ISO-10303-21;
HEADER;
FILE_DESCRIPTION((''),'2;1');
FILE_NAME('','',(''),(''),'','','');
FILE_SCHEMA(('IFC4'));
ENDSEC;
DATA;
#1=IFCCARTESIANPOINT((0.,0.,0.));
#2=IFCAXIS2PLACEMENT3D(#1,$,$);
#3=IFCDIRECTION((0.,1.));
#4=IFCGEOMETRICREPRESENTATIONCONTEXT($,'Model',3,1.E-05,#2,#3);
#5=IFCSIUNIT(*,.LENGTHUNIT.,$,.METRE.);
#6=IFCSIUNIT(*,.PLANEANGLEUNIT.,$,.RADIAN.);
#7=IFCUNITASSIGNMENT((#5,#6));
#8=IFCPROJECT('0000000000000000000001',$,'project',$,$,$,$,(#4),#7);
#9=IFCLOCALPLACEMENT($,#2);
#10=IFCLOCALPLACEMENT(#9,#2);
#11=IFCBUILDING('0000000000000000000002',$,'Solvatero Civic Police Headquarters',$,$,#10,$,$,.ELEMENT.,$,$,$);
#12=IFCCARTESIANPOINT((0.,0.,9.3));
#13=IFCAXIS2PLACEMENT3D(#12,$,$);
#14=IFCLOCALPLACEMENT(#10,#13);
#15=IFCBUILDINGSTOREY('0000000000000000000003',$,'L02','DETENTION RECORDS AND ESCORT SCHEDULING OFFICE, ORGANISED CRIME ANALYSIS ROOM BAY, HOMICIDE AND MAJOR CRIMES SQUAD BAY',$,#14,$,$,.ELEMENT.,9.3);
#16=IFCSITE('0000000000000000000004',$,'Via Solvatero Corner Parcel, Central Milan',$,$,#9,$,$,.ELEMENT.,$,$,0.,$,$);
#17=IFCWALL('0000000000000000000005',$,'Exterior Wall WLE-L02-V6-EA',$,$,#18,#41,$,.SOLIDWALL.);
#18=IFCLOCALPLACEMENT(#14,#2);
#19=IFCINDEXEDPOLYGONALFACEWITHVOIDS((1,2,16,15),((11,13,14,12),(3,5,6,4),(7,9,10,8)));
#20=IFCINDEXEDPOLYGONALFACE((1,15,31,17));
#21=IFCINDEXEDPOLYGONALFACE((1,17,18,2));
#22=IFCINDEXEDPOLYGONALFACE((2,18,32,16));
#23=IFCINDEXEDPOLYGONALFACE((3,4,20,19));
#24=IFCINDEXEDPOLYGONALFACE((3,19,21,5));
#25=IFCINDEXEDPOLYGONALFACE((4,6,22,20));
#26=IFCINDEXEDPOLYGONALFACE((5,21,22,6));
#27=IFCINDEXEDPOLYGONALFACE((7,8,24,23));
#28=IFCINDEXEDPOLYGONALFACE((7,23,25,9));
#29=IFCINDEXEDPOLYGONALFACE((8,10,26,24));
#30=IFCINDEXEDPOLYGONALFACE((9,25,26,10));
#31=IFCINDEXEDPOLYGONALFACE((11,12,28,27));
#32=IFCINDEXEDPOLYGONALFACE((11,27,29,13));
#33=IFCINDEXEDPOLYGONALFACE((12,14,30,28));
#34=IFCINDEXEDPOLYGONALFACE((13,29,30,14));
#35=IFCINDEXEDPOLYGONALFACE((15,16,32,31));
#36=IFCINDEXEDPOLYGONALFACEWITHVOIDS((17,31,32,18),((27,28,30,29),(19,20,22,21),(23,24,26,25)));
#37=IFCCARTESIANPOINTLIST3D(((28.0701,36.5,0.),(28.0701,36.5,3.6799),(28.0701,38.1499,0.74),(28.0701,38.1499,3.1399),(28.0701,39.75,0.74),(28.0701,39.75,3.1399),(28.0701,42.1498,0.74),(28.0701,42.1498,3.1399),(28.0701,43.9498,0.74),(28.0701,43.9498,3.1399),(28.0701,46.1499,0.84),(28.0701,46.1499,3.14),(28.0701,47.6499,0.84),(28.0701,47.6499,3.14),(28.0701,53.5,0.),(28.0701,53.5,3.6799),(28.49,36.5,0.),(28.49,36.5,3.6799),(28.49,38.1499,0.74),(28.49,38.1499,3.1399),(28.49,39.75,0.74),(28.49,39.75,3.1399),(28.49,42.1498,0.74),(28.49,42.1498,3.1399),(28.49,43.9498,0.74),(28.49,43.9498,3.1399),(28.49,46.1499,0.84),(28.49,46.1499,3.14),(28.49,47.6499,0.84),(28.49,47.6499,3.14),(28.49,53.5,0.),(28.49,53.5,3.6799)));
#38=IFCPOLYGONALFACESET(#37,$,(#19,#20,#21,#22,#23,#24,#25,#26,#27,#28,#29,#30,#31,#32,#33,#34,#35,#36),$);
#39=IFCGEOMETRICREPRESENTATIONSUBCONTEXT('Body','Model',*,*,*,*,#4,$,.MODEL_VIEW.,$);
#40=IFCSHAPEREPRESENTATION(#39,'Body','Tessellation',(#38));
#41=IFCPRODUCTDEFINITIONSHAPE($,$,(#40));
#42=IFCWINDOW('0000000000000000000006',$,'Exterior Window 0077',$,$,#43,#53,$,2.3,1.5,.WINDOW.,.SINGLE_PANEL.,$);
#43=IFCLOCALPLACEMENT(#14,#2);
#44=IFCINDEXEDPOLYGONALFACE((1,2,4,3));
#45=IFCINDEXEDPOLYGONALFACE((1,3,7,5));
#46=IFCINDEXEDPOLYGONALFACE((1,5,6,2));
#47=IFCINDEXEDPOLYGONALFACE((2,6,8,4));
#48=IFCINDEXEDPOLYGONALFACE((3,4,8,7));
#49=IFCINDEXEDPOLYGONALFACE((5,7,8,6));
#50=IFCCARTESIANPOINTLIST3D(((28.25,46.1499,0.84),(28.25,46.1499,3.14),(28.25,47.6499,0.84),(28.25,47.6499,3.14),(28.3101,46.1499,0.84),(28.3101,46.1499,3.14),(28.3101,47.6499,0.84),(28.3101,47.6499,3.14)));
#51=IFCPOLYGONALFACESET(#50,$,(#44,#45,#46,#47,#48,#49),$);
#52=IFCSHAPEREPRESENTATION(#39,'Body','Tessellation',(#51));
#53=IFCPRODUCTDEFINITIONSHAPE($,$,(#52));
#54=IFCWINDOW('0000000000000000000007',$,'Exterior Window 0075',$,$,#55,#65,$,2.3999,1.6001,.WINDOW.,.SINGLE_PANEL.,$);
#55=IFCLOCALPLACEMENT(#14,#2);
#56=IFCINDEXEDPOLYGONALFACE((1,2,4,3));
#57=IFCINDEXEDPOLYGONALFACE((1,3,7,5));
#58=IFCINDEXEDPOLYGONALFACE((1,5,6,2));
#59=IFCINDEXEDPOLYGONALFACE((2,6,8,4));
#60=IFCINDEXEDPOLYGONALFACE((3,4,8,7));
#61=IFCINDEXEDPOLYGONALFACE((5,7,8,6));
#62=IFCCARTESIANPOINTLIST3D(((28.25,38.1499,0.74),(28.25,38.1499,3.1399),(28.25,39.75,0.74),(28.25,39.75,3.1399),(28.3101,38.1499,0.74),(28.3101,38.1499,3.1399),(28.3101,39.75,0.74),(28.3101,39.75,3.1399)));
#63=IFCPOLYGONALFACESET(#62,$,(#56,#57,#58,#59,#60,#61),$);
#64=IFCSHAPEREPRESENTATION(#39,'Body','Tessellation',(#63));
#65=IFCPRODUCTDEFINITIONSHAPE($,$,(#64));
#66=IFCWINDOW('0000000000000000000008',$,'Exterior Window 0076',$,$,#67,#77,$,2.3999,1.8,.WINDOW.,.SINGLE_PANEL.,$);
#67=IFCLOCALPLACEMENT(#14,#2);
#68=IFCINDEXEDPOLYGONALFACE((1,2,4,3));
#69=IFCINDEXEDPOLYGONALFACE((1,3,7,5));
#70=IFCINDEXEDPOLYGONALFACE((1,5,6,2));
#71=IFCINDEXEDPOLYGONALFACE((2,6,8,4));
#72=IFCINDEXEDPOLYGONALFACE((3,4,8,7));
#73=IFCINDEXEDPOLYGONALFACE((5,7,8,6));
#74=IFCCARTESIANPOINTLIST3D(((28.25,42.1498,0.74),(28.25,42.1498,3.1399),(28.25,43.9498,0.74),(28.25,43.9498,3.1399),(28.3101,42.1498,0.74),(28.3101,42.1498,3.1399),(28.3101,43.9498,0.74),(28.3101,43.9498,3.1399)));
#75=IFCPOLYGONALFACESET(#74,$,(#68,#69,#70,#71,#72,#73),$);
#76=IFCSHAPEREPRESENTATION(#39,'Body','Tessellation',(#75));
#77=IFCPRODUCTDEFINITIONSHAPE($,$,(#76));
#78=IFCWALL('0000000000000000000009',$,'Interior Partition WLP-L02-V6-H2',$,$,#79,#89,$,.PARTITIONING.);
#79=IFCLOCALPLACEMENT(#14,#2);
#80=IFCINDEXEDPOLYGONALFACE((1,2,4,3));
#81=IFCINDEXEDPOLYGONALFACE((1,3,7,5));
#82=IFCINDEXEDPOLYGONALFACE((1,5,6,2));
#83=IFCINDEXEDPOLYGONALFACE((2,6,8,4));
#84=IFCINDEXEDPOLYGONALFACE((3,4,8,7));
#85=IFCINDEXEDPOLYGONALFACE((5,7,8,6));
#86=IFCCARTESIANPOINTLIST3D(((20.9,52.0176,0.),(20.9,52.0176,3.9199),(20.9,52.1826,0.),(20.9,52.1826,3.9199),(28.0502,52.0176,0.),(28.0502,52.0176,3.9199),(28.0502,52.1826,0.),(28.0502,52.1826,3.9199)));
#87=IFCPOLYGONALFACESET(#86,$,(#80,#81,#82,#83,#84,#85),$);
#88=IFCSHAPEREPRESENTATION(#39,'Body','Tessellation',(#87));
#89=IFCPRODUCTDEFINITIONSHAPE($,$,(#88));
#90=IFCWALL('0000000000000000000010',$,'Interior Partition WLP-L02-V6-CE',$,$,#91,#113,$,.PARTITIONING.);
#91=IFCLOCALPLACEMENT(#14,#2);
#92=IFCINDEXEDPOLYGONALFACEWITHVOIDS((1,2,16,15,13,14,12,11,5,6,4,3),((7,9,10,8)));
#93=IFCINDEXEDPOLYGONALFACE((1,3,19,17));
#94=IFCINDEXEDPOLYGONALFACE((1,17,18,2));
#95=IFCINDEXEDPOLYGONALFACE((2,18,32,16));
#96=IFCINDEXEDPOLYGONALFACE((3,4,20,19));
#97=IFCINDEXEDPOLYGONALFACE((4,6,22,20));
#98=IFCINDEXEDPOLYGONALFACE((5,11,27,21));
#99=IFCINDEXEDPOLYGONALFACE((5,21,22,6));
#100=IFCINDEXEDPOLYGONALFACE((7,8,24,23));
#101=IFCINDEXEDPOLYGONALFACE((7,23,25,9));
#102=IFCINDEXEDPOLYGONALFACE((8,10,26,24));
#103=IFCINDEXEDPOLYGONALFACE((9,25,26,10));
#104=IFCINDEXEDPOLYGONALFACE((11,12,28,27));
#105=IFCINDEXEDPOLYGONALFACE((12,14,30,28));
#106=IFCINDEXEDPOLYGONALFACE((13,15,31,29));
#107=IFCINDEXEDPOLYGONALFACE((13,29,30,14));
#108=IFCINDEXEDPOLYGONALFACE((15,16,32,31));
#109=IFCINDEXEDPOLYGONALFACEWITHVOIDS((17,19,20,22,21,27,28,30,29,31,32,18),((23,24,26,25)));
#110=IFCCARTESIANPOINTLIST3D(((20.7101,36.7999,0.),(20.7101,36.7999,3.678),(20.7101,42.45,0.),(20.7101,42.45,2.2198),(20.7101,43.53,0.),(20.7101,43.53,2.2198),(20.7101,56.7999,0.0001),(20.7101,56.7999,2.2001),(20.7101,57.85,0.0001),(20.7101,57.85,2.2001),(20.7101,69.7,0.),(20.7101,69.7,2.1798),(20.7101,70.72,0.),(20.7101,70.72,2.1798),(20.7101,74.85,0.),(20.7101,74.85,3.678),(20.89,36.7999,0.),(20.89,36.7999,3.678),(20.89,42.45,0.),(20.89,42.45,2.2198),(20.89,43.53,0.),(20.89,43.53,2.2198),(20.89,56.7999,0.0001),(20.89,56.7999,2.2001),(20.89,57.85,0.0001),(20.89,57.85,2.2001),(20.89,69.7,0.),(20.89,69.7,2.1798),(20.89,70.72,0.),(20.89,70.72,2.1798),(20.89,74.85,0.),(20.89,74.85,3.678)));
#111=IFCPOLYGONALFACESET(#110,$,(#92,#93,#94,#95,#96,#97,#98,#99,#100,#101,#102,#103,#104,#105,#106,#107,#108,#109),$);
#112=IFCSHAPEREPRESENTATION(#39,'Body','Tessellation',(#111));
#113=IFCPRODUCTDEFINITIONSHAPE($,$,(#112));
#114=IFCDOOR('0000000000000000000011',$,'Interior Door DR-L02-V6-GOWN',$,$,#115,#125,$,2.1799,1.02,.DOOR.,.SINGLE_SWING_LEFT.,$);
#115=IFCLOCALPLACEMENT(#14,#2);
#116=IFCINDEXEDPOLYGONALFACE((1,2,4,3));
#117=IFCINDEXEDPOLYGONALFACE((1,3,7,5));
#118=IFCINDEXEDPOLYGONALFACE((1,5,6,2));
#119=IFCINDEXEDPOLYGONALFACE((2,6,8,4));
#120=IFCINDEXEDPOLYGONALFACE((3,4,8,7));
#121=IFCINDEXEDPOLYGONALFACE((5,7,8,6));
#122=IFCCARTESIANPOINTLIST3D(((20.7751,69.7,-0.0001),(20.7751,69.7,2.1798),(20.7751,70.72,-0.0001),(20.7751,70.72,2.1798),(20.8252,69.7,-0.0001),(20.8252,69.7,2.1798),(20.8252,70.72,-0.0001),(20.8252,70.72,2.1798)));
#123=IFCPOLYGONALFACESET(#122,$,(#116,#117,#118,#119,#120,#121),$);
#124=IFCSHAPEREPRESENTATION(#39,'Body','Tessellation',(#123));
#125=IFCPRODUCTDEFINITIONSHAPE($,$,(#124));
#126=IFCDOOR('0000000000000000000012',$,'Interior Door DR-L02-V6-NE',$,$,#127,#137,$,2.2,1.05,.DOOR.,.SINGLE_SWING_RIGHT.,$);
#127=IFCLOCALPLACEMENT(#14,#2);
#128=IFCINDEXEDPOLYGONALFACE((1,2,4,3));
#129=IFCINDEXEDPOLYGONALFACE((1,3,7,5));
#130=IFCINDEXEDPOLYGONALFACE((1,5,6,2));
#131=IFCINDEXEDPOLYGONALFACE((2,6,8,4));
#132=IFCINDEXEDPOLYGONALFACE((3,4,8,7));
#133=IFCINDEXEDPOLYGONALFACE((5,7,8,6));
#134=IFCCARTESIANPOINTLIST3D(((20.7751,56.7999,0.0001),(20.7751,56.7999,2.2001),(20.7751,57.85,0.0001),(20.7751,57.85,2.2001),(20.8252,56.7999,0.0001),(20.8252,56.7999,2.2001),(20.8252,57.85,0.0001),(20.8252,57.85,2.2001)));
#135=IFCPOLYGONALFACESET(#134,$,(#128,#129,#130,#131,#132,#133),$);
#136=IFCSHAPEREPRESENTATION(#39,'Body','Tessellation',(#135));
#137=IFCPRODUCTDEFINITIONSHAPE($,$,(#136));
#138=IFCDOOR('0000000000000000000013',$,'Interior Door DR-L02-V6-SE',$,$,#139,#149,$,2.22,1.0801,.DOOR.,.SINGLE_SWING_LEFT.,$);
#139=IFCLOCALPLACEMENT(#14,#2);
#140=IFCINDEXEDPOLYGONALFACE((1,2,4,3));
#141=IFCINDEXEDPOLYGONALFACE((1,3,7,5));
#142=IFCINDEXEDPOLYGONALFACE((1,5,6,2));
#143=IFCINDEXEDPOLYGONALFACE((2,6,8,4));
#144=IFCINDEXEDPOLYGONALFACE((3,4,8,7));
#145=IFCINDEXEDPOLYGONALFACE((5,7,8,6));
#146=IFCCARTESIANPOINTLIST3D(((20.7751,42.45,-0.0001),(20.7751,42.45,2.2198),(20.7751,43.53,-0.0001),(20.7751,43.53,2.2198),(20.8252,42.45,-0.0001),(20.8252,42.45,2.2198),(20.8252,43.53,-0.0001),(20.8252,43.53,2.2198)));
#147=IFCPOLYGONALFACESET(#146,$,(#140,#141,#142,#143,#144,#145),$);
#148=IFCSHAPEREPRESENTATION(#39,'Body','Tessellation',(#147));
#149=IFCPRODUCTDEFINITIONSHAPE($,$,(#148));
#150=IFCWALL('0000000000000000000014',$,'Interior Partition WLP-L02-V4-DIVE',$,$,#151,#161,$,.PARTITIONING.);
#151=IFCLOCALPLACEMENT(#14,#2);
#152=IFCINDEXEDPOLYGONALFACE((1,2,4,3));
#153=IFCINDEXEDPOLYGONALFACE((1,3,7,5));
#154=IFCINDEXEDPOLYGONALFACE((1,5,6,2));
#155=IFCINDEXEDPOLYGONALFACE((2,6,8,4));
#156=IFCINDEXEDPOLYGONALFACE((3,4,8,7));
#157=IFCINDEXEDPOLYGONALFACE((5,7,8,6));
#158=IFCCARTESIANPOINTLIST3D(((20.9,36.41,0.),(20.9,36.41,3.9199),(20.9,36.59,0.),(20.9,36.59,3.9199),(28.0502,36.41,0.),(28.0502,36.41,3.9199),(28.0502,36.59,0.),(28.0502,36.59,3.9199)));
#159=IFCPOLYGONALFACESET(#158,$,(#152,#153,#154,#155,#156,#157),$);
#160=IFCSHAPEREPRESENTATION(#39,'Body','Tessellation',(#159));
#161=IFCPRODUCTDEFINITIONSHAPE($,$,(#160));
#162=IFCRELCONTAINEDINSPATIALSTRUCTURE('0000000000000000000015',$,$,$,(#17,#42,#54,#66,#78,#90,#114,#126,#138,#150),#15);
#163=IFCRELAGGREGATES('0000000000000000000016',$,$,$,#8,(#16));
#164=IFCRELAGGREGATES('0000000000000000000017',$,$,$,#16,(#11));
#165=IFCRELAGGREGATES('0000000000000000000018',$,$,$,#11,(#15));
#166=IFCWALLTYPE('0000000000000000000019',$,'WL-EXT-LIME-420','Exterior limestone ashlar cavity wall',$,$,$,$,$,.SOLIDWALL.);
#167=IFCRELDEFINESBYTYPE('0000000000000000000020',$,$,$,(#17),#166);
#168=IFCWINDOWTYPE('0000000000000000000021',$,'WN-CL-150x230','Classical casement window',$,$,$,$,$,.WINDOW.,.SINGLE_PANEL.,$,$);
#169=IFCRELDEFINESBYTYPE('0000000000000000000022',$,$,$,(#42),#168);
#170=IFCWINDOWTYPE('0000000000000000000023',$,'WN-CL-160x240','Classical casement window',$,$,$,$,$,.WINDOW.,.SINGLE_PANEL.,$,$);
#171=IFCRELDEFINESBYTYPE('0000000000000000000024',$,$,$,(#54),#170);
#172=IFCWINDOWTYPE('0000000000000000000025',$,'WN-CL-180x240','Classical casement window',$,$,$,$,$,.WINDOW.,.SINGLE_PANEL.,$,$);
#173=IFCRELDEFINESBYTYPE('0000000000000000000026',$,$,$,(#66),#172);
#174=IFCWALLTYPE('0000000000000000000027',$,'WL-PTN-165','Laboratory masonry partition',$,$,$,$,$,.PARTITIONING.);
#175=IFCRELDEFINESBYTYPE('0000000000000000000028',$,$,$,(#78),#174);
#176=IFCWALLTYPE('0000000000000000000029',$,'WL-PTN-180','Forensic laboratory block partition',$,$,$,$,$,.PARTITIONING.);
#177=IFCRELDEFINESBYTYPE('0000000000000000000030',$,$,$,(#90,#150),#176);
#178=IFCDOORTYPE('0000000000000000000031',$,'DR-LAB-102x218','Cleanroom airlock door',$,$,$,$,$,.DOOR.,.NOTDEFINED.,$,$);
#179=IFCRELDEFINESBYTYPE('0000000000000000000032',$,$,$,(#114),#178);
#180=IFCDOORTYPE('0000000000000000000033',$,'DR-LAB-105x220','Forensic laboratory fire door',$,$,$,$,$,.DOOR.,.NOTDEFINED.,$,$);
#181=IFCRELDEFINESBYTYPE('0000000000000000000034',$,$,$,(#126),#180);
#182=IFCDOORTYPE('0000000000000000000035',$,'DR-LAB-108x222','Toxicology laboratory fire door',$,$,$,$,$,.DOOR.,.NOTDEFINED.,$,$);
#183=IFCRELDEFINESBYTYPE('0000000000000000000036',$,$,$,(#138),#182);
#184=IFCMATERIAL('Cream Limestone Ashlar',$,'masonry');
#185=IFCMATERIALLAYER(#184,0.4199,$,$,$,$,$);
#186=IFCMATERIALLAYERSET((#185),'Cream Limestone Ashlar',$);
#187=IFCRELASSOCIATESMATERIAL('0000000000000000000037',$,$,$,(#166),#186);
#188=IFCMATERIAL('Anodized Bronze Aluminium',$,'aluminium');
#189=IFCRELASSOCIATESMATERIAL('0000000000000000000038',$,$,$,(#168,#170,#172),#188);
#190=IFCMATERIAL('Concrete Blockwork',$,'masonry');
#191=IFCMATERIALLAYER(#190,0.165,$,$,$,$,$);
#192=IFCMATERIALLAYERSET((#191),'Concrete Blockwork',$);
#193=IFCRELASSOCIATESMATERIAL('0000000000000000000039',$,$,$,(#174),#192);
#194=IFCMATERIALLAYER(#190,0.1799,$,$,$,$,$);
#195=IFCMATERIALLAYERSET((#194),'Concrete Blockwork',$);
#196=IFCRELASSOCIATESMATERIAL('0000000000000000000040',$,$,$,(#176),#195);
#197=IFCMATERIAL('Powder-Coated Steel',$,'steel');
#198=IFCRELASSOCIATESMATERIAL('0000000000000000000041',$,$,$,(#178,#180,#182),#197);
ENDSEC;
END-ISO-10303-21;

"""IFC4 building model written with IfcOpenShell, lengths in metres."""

from ifc_helpers import new_model, si_unit, direction, frame, frame_2d, origin, place, context, subcontext, project, spatial, rectangle, extrude, material, layer, layer_set, type_object, element, fill, save


model = new_model("IFC4")

# Units and contexts
model_context = context("Model", 3, precision=1e-05, world=origin(), true_north=direction((0.0, 1.0)))
body_context = subcontext(model_context, "Body", "Model", "MODEL_VIEW")
ifc_project = project(units=[si_unit("LENGTHUNIT", "METRE"), si_unit("PLANEANGLEUNIT", "RADIAN")], contexts=[model_context])

# Site, building, storey
site_placement = place(None, origin())
site = spatial("IfcSite", under=ifc_project, at=site_placement, Name="Via Solvatero Corner Parcel, Central Milan", CompositionType="ELEMENT", RefElevation=0.0)
building_placement = place(site_placement, origin())
building = spatial("IfcBuilding", under=site, at=building_placement, Name="Solvatero Civic Police Headquarters", CompositionType="ELEMENT")
storey_placement = place(building_placement, frame((0.0, 0.0, 9.3)))
storey = spatial("IfcBuildingStorey", under=building, at=storey_placement, Name="L02", Description="DETENTION RECORDS AND ESCORT SCHEDULING OFFICE, ORGANISED CRIME ANALYSIS ROOM BAY, HOMICIDE AND MAJOR CRIMES SQUAD BAY", CompositionType="ELEMENT", Elevation=9.3)

# Shared definitions
ifc_material_1 = material(Name="Anodized Bronze Aluminium", Category="aluminium")

# Shared definitions
ifc_material_2 = material(Name="Cream Limestone Ashlar", Category="masonry")
ifc_layer_1 = layer(ifc_material_2, 0.4199)
ifc_layer_set_1 = layer_set([ifc_layer_1], Name="Cream Limestone Ashlar")
wall_type_1 = type_object("IfcWallType", Name="WL-EXT-LIME-420", Description="Exterior limestone ashlar cavity wall", PredefinedType="SOLIDWALL", material=ifc_layer_set_1)

# Wall, openings, windows
wall_1_placement = place(storey_placement, frame((28.28, 36.5, 0.0), z_axis=(0.0, 0.0, 1.0), x_axis=(0.0, 1.0, 0.0)))
wall_1 = element("IfcWall", 1, at=wall_1_placement, inside=storey, type_object=wall_type_1, Name="Exterior Wall WLE-L02-V6-EA", PredefinedType="SOLIDWALL", context=body_context, shape_type="SweptSolid", body=[
    extrude(rectangle(XDim=17.0, YDim=0.4199, at=frame_2d((8.5, 0.0))), origin(), (0.0, 0.0, 1.0), 3.6799),
])
opening_1_placement = place(wall_1_placement, frame((1.6499, 0.0, 0.74)))
opening_1 = element("IfcOpeningElement", 2, at=opening_1_placement, cuts=wall_1, PredefinedType="OPENING", context=body_context, shape_type="SweptSolid", body=[
    extrude(rectangle(XDim=1.6001, YDim=2.3999, at=frame_2d((0.8, 1.2))), frame((0.0, 0.22, 0.0), z_axis=(0.0, -1.0, 0.0), x_axis=(1.0, 0.0, 0.0)), (0.0, 0.0, 1.0), 0.4399),
])
opening_2_placement = place(wall_1_placement, frame((5.6499, 0.0, 0.74)))
opening_2 = element("IfcOpeningElement", 3, at=opening_2_placement, cuts=wall_1, PredefinedType="OPENING", context=body_context, shape_type="SweptSolid", body=[
    extrude(rectangle(XDim=1.8, YDim=2.3999, at=frame_2d((0.8999, 1.2))), frame((0.0, 0.22, 0.0), z_axis=(0.0, -1.0, 0.0), x_axis=(1.0, 0.0, 0.0)), (0.0, 0.0, 1.0), 0.4399),
])
opening_3_placement = place(wall_1_placement, frame((9.6499, 0.0, 0.8401)))
opening_3 = element("IfcOpeningElement", 4, at=opening_3_placement, cuts=wall_1, PredefinedType="OPENING", context=body_context, shape_type="SweptSolid", body=[
    extrude(rectangle(XDim=1.5, YDim=2.3, at=frame_2d((0.75, 1.1499))), frame((0.0, 0.22, 0.0), z_axis=(0.0, -1.0, 0.0), x_axis=(1.0, 0.0, 0.0)), (0.0, 0.0, 1.0), 0.4399),
])
window_type_1 = type_object("IfcWindowType", Name="WN-CL-150x230", Description="Classical casement window", PartitioningType="SINGLE_PANEL", PredefinedType="WINDOW", material=ifc_material_1)
window_1_placement = place(opening_3_placement, origin())
window_1 = element("IfcWindow", 5, at=window_1_placement, inside=storey, type_object=window_type_1, Name="Exterior Window 0077", OverallHeight=2.3, OverallWidth=1.5, PartitioningType="SINGLE_PANEL", PredefinedType="WINDOW", context=body_context, shape_type="SweptSolid", body=[
    extrude(rectangle(XDim=1.5, YDim=2.3, at=frame_2d((0.75, 1.1499))), frame((0.0, 0.03, 0.0), z_axis=(0.0, -1.0, 0.0), x_axis=(1.0, 0.0, 0.0)), (0.0, 0.0, 1.0), 0.0601),
])
fill(opening_3, window_1)
window_type_2 = type_object("IfcWindowType", Name="WN-CL-160x240", Description="Classical casement window", PartitioningType="SINGLE_PANEL", PredefinedType="WINDOW", material=ifc_material_1)
window_2_placement = place(opening_1_placement, origin())
window_2 = element("IfcWindow", 6, at=window_2_placement, inside=storey, type_object=window_type_2, Name="Exterior Window 0075", OverallHeight=2.3999, OverallWidth=1.6001, PartitioningType="SINGLE_PANEL", PredefinedType="WINDOW", context=body_context, shape_type="SweptSolid", body=[
    extrude(rectangle(XDim=1.6001, YDim=2.3999, at=frame_2d((0.8, 1.2))), frame((0.0, 0.03, 0.0), z_axis=(0.0, -1.0, 0.0), x_axis=(1.0, 0.0, 0.0)), (0.0, 0.0, 1.0), 0.0601),
])
fill(opening_1, window_2)
window_type_3 = type_object("IfcWindowType", Name="WN-CL-180x240", Description="Classical casement window", PartitioningType="SINGLE_PANEL", PredefinedType="WINDOW", material=ifc_material_1)
window_3_placement = place(opening_2_placement, origin())
window_3 = element("IfcWindow", 7, at=window_3_placement, inside=storey, type_object=window_type_3, Name="Exterior Window 0076", OverallHeight=2.3999, OverallWidth=1.8, PartitioningType="SINGLE_PANEL", PredefinedType="WINDOW", context=body_context, shape_type="SweptSolid", body=[
    extrude(rectangle(XDim=1.8, YDim=2.3999, at=frame_2d((0.8999, 1.2))), frame((0.0, 0.03, 0.0), z_axis=(0.0, -1.0, 0.0), x_axis=(1.0, 0.0, 0.0)), (0.0, 0.0, 1.0), 0.0601),
])
fill(opening_2, window_3)

# Wall
ifc_material_3 = material(Name="Concrete Blockwork", Category="masonry")
ifc_layer_2 = layer(ifc_material_3, 0.165)
ifc_layer_set_2 = layer_set([ifc_layer_2], Name="Concrete Blockwork")
wall_type_2 = type_object("IfcWallType", Name="WL-PTN-165", Description="Laboratory masonry partition", PredefinedType="PARTITIONING", material=ifc_layer_set_2)
wall_2_placement = place(storey_placement, frame((20.8999, 52.1001, 0.0), z_axis=(0.0, 0.0, 1.0), x_axis=(1.0, 0.0, 0.0)))
element("IfcWall", 8, at=wall_2_placement, inside=storey, type_object=wall_type_2, Name="Interior Partition WLP-L02-V6-H2", PredefinedType="PARTITIONING", context=body_context, shape_type="SweptSolid", body=[
    extrude(rectangle(XDim=7.1501, YDim=0.165, at=frame_2d((3.5752, 0.0))), origin(), (0.0, 0.0, 1.0), 3.9199),
])

# Wall, openings, doors
ifc_layer_3 = layer(ifc_material_3, 0.1799)
ifc_layer_set_3 = layer_set([ifc_layer_3], Name="Concrete Blockwork")
wall_type_3 = type_object("IfcWallType", Name="WL-PTN-180", Description="Forensic laboratory block partition", PredefinedType="PARTITIONING", material=ifc_layer_set_3)
wall_3_placement = place(storey_placement, frame((20.8, 36.8, 0.0), z_axis=(0.0, 0.0, 1.0), x_axis=(0.0, 1.0, 0.0)))
wall_3 = element("IfcWall", 9, at=wall_3_placement, inside=storey, type_object=wall_type_3, Name="Interior Partition WLP-L02-V6-CE", PredefinedType="PARTITIONING", context=body_context, shape_type="SweptSolid", body=[
    extrude(rectangle(XDim=38.05, YDim=0.1799, at=frame_2d((19.0249, 0.0))), origin(), (0.0, 0.0, 1.0), 3.678),
])
opening_4_placement = place(wall_3_placement, frame((5.6499, 0.0, 0.0)))
opening_4 = element("IfcOpeningElement", 10, at=opening_4_placement, cuts=wall_3, PredefinedType="OPENING", context=body_context, shape_type="SweptSolid", body=[
    extrude(rectangle(XDim=1.0801, YDim=2.22, at=frame_2d((0.54, 1.1099))), frame((0.0, 0.0999, 0.0), z_axis=(0.0, -1.0, 0.0), x_axis=(1.0, 0.0, 0.0)), (0.0, 0.0, 1.0), 0.2),
])
opening_5_placement = place(wall_3_placement, frame((20.0, 0.0, 0.0)))
opening_5 = element("IfcOpeningElement", 11, at=opening_5_placement, cuts=wall_3, PredefinedType="OPENING", context=body_context, shape_type="SweptSolid", body=[
    extrude(rectangle(XDim=1.05, YDim=2.2, at=frame_2d((0.5249, 1.1001))), frame((0.0, 0.0999, 0.0), z_axis=(0.0, -1.0, 0.0), x_axis=(1.0, 0.0, 0.0)), (0.0, 0.0, 1.0), 0.2),
])
opening_6_placement = place(wall_3_placement, frame((32.8999, 0.0, 0.0)))
opening_6 = element("IfcOpeningElement", 12, at=opening_6_placement, cuts=wall_3, PredefinedType="OPENING", context=body_context, shape_type="SweptSolid", body=[
    extrude(rectangle(XDim=1.02, YDim=2.1799, at=frame_2d((0.51, 1.0898))), frame((0.0, 0.0999, 0.0), z_axis=(0.0, -1.0, 0.0), x_axis=(1.0, 0.0, 0.0)), (0.0, 0.0, 1.0), 0.2),
])
ifc_material_4 = material(Name="Powder-Coated Steel", Category="steel")
door_type_1 = type_object("IfcDoorType", Name="DR-LAB-102x218", Description="Cleanroom airlock door", OperationType="NOTDEFINED", PredefinedType="DOOR", material=ifc_material_4)
door_1_placement = place(opening_6_placement, origin())
door_1 = element("IfcDoor", 13, at=door_1_placement, inside=storey, type_object=door_type_1, Name="Interior Door DR-L02-V6-GOWN", OperationType="SINGLE_SWING_LEFT", OverallHeight=2.1799, OverallWidth=1.02, PredefinedType="DOOR", context=body_context, shape_type="SweptSolid", body=[
    extrude(rectangle(XDim=1.02, YDim=2.1799, at=frame_2d((0.51, 1.0898))), frame((0.0, 0.0249, 0.0), z_axis=(0.0, -1.0, 0.0), x_axis=(1.0, 0.0, 0.0)), (0.0, 0.0, 1.0), 0.05),
])
fill(opening_6, door_1)
door_type_2 = type_object("IfcDoorType", Name="DR-LAB-105x220", Description="Forensic laboratory fire door", OperationType="NOTDEFINED", PredefinedType="DOOR", material=ifc_material_4)
door_2_placement = place(opening_5_placement, origin())
door_2 = element("IfcDoor", 14, at=door_2_placement, inside=storey, type_object=door_type_2, Name="Interior Door DR-L02-V6-NE", OperationType="SINGLE_SWING_RIGHT", OverallHeight=2.2, OverallWidth=1.05, PredefinedType="DOOR", context=body_context, shape_type="SweptSolid", body=[
    extrude(rectangle(XDim=1.05, YDim=2.2, at=frame_2d((0.5249, 1.1001))), frame((0.0, 0.0249, 0.0), z_axis=(0.0, -1.0, 0.0), x_axis=(1.0, 0.0, 0.0)), (0.0, 0.0, 1.0), 0.05),
])
fill(opening_5, door_2)
door_type_3 = type_object("IfcDoorType", Name="DR-LAB-108x222", Description="Toxicology laboratory fire door", OperationType="NOTDEFINED", PredefinedType="DOOR", material=ifc_material_4)
door_3_placement = place(opening_4_placement, origin())
door_3 = element("IfcDoor", 15, at=door_3_placement, inside=storey, type_object=door_type_3, Name="Interior Door DR-L02-V6-SE", OperationType="SINGLE_SWING_LEFT", OverallHeight=2.22, OverallWidth=1.0801, PredefinedType="DOOR", context=body_context, shape_type="SweptSolid", body=[
    extrude(rectangle(XDim=1.0801, YDim=2.22, at=frame_2d((0.54, 1.1099))), frame((0.0, 0.0249, 0.0), z_axis=(0.0, -1.0, 0.0), x_axis=(1.0, 0.0, 0.0)), (0.0, 0.0, 1.0), 0.05),
])
fill(opening_4, door_3)

# Wall
wall_4_placement = place(storey_placement, frame((20.8999, 36.5, 0.0), z_axis=(0.0, 0.0, 1.0), x_axis=(1.0, 0.0, 0.0)))
element("IfcWall", 16, at=wall_4_placement, inside=storey, type_object=wall_type_3, Name="Interior Partition WLP-L02-V4-DIVE", PredefinedType="PARTITIONING", context=body_context, shape_type="SweptSolid", body=[
    extrude(rectangle(XDim=7.1501, YDim=0.1799, at=frame_2d((3.5752, 0.0))), origin(), (0.0, 0.0, 1.0), 3.9199),
])

save(model, "model.ifc")
